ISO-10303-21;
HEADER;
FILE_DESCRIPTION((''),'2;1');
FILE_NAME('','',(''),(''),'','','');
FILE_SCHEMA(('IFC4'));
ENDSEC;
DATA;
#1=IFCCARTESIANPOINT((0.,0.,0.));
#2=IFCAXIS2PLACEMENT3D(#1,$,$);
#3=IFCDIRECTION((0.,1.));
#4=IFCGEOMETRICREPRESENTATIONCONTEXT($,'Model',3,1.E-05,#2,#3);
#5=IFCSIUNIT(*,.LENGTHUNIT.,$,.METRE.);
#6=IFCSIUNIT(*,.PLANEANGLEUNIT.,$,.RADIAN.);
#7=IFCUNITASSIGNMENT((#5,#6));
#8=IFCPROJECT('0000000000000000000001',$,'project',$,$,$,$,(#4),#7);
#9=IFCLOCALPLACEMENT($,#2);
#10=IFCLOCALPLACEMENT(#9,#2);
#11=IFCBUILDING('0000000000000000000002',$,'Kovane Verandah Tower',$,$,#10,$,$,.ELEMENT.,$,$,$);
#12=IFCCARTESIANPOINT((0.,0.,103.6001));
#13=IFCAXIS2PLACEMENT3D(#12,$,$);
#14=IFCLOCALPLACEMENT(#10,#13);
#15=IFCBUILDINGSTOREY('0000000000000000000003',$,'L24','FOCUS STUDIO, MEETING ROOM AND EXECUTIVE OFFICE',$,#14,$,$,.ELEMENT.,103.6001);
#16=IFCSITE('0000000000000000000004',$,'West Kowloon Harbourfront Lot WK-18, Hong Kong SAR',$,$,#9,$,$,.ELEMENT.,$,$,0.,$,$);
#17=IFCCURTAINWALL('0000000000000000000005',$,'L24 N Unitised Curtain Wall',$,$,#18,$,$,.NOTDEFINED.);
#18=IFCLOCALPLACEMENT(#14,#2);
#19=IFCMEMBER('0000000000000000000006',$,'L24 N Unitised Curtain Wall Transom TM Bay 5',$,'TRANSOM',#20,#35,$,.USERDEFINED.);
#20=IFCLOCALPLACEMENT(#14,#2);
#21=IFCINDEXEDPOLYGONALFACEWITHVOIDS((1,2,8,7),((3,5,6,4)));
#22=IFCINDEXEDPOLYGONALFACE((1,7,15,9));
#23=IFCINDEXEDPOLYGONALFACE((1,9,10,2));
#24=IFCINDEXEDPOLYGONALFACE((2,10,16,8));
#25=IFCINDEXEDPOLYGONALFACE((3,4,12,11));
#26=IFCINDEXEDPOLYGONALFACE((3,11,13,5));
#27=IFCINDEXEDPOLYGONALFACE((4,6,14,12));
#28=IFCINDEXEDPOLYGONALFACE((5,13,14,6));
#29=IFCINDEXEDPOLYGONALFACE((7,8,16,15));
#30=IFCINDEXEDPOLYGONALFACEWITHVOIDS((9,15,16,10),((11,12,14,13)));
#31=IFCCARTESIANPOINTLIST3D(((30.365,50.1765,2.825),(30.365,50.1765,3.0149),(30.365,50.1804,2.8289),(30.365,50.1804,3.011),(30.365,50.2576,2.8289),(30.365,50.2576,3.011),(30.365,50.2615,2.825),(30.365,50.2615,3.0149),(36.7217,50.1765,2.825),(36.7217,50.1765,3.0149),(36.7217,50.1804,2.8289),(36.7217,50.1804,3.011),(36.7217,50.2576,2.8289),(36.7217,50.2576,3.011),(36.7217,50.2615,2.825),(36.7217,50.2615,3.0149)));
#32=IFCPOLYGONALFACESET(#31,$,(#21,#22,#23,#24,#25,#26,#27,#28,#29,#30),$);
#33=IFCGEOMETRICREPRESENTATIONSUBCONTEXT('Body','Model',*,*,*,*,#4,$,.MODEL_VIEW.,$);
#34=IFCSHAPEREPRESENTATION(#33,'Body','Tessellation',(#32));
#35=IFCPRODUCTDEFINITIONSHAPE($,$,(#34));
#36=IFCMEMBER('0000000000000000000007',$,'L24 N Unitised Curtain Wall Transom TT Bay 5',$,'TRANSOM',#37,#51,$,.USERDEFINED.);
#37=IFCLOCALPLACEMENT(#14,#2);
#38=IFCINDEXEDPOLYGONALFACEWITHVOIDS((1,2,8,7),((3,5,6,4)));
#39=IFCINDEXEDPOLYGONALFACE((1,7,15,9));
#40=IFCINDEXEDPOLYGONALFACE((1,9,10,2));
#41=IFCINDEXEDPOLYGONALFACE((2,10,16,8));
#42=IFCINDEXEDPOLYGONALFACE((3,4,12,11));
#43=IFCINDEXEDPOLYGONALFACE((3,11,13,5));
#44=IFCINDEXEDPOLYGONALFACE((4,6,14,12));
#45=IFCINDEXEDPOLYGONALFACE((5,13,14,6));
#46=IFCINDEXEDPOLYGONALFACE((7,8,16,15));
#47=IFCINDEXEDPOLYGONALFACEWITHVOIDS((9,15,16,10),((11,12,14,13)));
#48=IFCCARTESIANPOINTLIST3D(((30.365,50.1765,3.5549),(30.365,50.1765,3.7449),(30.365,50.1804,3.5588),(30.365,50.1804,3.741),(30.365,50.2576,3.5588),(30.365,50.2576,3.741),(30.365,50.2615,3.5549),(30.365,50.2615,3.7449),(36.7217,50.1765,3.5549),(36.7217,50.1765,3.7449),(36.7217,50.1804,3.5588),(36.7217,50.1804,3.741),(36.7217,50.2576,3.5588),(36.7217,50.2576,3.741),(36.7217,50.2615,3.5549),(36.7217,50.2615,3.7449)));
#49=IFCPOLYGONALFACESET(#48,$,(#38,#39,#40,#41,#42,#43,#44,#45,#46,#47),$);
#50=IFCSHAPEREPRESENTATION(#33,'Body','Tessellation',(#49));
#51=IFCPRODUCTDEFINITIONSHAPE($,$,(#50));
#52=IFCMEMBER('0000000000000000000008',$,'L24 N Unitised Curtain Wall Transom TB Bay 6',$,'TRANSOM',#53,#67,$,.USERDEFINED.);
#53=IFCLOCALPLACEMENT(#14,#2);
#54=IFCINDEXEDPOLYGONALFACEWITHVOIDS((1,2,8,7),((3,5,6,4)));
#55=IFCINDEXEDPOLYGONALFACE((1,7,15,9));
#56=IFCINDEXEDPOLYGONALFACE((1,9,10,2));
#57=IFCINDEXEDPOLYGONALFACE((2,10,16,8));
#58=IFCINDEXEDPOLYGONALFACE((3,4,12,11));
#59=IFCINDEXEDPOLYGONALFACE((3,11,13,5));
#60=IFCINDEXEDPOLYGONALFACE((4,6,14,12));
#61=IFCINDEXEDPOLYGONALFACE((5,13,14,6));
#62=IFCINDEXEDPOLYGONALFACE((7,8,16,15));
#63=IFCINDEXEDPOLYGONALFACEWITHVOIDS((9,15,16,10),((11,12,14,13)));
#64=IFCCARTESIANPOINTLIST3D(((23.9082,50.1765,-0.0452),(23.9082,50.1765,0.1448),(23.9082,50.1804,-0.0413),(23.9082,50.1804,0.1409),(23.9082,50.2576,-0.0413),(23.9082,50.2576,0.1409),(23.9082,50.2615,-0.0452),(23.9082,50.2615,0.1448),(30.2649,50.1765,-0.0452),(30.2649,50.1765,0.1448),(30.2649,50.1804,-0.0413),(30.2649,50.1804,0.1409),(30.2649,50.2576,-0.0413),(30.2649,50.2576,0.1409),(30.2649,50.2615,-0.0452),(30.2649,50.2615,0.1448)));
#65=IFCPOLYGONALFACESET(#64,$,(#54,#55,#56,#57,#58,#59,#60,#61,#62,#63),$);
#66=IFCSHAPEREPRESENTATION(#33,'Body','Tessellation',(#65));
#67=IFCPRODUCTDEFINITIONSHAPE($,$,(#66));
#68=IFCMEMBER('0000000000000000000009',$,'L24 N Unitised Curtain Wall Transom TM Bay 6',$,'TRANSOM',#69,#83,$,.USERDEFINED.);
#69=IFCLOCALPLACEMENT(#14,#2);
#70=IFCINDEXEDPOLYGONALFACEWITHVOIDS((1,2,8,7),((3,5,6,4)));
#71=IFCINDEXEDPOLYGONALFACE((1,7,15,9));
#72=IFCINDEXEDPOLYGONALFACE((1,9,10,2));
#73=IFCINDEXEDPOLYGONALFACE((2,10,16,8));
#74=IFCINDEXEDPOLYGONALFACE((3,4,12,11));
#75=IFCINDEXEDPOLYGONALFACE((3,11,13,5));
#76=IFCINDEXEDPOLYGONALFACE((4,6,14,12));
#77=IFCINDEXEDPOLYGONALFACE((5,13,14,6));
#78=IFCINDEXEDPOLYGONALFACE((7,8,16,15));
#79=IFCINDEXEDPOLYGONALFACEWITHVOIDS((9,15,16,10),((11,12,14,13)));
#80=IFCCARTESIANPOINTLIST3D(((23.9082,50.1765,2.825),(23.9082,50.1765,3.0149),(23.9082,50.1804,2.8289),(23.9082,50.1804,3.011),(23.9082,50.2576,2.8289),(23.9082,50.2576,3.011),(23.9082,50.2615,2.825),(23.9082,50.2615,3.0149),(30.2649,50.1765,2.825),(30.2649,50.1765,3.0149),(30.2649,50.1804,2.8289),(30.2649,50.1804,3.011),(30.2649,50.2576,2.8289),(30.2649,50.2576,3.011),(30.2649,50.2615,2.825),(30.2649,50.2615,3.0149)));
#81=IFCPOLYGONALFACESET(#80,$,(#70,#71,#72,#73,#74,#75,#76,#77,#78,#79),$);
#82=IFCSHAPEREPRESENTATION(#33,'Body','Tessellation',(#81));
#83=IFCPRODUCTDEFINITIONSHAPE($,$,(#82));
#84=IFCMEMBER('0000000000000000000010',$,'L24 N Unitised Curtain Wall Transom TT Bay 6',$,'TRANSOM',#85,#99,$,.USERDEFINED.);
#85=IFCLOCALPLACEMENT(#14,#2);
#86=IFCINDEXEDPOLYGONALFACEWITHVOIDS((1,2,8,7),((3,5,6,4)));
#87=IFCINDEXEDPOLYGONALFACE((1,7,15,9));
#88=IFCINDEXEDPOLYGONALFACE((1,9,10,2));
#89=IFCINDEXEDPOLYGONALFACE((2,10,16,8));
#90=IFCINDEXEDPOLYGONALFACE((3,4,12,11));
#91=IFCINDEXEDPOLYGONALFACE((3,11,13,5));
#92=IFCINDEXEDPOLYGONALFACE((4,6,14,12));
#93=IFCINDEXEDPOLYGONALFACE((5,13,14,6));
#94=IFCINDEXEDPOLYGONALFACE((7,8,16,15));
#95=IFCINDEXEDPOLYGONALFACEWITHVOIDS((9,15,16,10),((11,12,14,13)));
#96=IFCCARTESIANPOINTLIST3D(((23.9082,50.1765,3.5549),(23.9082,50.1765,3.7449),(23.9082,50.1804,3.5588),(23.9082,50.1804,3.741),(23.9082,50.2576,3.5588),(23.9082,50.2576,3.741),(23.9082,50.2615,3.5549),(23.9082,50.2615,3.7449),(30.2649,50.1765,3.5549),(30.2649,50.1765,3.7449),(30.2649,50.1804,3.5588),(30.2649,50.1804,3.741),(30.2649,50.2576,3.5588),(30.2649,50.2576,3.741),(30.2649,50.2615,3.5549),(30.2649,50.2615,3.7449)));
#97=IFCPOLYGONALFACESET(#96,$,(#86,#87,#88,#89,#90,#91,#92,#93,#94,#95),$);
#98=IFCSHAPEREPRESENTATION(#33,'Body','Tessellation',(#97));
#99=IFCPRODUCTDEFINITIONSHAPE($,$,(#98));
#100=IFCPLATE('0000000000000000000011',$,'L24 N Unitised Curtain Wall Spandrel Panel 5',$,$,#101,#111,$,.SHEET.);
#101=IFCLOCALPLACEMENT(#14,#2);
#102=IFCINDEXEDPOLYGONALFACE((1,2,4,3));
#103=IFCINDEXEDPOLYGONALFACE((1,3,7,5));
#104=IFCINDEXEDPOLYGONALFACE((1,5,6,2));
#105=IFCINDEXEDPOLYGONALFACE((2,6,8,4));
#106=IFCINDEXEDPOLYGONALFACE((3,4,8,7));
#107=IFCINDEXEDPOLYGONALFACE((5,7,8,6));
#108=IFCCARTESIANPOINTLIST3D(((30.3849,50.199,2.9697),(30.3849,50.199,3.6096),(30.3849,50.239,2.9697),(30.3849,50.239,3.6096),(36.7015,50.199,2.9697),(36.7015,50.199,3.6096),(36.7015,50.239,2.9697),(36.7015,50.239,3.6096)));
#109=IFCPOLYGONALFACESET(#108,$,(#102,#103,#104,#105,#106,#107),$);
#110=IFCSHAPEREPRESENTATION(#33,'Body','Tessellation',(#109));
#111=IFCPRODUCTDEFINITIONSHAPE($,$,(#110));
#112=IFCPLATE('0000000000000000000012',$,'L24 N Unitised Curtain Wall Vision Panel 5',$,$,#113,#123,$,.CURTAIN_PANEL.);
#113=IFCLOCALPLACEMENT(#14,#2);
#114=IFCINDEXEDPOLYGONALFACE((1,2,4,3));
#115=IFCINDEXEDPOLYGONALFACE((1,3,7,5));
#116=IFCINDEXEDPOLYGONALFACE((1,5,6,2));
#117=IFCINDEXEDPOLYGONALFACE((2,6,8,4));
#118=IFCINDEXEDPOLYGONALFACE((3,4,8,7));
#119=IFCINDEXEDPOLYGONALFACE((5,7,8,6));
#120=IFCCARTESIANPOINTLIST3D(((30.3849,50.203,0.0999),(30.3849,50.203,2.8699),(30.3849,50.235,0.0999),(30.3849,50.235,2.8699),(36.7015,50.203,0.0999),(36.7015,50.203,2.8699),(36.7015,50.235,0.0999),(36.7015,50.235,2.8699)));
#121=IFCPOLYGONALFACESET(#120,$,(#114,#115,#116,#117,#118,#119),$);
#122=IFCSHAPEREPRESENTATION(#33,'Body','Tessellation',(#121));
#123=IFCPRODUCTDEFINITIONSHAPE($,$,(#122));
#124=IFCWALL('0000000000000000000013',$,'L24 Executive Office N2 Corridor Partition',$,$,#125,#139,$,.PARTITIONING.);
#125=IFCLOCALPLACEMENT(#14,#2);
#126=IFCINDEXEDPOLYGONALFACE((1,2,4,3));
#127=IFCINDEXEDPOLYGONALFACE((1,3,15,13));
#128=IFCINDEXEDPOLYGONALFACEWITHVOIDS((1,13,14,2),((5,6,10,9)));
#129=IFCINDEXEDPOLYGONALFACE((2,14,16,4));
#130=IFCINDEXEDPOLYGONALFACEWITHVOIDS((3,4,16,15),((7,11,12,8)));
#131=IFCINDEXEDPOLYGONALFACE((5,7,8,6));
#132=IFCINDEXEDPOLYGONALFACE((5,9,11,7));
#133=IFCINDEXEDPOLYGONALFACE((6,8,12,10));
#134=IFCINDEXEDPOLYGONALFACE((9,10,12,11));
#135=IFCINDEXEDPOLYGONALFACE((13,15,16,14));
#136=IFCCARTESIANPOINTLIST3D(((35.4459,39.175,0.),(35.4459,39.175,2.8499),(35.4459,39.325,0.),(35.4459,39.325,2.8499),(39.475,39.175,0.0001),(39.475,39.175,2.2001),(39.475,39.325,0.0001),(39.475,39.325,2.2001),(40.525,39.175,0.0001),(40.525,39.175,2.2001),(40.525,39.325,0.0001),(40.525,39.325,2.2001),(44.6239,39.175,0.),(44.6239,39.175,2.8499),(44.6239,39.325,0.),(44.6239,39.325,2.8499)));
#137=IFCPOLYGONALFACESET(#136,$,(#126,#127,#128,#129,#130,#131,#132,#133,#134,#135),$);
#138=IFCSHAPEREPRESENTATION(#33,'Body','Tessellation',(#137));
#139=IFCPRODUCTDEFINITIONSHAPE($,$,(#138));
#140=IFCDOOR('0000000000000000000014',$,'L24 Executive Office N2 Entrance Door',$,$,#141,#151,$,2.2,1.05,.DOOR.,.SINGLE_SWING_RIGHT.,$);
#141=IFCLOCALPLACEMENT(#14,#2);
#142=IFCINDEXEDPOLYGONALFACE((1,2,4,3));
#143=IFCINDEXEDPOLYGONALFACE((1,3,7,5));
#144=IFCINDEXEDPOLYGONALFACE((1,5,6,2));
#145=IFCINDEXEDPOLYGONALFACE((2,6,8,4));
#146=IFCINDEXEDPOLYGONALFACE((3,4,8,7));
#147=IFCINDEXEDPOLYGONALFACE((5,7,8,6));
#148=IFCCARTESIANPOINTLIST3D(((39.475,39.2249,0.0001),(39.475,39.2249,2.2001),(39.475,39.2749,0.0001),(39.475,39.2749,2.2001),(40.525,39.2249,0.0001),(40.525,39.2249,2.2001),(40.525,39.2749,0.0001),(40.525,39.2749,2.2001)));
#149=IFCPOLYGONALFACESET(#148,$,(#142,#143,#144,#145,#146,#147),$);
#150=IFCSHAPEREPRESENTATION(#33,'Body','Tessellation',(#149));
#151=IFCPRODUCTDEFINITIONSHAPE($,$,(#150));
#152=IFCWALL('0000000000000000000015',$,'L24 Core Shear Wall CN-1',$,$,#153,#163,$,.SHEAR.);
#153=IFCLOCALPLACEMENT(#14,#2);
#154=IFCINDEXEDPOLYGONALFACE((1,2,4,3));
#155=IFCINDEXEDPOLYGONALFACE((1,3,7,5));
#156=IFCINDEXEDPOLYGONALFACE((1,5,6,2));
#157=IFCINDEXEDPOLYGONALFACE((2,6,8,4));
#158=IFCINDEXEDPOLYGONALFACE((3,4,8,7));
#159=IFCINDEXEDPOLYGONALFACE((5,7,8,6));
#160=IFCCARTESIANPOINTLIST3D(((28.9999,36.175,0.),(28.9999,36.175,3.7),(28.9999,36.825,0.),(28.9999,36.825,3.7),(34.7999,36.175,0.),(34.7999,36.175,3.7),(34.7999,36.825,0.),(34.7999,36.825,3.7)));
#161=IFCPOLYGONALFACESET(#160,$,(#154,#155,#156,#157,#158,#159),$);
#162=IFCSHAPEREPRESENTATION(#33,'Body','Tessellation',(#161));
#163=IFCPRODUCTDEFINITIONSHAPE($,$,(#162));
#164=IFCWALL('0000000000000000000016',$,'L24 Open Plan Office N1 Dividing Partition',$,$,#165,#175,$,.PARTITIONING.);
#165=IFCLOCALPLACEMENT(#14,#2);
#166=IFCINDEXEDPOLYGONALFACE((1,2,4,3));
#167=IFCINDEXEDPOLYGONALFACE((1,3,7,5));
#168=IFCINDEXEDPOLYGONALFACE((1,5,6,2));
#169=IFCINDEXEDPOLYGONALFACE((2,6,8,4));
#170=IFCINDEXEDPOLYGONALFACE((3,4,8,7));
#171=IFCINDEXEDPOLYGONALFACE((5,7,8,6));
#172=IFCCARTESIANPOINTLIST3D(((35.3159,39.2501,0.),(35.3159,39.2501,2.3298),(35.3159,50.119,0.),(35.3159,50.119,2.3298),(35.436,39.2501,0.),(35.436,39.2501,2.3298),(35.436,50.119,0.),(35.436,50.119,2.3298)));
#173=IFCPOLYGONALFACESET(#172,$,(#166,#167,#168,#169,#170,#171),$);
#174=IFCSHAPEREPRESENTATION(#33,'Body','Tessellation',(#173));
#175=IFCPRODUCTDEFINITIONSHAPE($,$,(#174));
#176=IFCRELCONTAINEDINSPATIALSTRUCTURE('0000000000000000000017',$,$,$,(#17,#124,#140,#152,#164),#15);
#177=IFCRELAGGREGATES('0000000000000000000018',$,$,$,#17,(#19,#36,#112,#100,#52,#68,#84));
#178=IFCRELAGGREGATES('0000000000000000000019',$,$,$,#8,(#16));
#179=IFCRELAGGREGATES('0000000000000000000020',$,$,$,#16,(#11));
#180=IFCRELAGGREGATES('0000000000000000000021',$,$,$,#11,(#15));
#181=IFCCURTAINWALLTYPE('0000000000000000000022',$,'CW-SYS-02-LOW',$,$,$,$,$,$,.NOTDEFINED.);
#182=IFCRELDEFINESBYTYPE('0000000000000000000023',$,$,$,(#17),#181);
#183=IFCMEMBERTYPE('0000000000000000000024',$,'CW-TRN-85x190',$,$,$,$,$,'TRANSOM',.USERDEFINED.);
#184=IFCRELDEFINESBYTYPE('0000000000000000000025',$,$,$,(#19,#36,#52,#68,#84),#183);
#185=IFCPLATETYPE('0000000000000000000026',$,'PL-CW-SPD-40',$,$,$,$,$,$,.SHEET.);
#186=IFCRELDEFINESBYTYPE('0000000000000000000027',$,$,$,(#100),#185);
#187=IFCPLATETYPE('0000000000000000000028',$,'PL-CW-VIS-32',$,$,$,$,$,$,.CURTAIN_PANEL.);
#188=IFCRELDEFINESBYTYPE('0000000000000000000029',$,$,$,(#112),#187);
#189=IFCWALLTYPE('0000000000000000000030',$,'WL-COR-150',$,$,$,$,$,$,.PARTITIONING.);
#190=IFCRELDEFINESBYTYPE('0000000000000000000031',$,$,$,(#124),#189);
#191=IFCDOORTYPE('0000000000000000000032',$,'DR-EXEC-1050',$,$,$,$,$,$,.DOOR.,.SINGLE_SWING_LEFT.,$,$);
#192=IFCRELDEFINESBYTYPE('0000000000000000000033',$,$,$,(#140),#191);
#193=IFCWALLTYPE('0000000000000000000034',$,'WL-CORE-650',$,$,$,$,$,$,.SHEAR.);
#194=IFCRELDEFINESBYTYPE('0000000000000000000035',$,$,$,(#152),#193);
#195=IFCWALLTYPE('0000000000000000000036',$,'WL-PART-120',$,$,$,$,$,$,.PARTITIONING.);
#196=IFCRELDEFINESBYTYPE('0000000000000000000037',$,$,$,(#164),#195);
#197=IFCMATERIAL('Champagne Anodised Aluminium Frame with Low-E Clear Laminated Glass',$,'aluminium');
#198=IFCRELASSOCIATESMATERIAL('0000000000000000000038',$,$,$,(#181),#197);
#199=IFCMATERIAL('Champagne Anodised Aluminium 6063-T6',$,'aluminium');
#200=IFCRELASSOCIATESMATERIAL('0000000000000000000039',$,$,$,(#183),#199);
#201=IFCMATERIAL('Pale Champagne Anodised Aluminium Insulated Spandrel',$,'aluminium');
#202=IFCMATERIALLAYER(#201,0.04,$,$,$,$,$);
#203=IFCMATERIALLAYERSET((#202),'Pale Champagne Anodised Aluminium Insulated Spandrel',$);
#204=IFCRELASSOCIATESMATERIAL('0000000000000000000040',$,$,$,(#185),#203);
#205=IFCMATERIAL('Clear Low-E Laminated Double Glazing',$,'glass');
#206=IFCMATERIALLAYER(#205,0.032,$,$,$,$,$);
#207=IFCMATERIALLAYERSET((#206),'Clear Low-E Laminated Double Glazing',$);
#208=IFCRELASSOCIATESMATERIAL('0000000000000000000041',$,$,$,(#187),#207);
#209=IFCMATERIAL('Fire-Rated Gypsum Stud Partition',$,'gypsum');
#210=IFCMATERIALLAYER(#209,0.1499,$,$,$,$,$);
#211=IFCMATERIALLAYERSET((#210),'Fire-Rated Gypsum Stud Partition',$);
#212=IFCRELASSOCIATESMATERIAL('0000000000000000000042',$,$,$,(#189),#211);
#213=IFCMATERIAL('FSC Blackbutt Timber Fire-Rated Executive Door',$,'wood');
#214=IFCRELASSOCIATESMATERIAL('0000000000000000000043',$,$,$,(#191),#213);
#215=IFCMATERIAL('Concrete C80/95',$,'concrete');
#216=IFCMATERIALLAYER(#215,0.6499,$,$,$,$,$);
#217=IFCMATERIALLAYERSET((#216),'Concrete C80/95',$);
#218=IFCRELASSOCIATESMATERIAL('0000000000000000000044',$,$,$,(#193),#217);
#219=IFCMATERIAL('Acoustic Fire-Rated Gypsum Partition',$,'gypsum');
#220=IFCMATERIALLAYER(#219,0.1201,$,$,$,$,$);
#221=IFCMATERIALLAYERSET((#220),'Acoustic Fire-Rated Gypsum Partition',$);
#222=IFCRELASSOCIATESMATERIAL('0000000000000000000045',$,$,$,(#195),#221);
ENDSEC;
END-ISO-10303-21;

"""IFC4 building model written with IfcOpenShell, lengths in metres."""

from ifc_helpers import new_model, si_unit, direction, frame, frame_2d, origin, origin_2d, place, context, subcontext, project, spatial, rectangle, hollow_rectangle, extrude, material, layer, layer_set, material_profile, profile_set, type_object, element, fill, aggregate, save


model = new_model("IFC4")

# Units and contexts
model_context = context("Model", 3, precision=1e-05, world=origin(), true_north=direction((0.0, 1.0)))
body_context = subcontext(model_context, "Body", "Model", "MODEL_VIEW")
ifc_project = project(units=[si_unit("LENGTHUNIT", "METRE"), si_unit("PLANEANGLEUNIT", "RADIAN")], contexts=[model_context])

# Site, building, storey
site_placement = place(None, origin())
site = spatial("IfcSite", under=ifc_project, at=site_placement, Name="West Kowloon Harbourfront Lot WK-18, Hong Kong SAR", CompositionType="ELEMENT", RefElevation=0.0)
building_placement = place(site_placement, origin())
building = spatial("IfcBuilding", under=site, at=building_placement, Name="Kovane Verandah Tower", CompositionType="ELEMENT")
storey_placement = place(building_placement, frame((0.0, 0.0, 103.6001)))
storey = spatial("IfcBuildingStorey", under=building, at=storey_placement, Name="L24", Description="FOCUS STUDIO, MEETING ROOM AND EXECUTIVE OFFICE", CompositionType="ELEMENT", Elevation=103.6001)

# Shared definitions
ifc_material_1 = material(Name="Concrete C80/95", Category="concrete")

# Curtain wall, members, plates
ifc_material_2 = material(Name="Champagne Anodised Aluminium Frame with Low-E Clear Laminated Glass", Category="aluminium")
curtain_wall_type = type_object("IfcCurtainWallType", Name="CW-SYS-02-LOW", PredefinedType="NOTDEFINED", material=ifc_material_2)
curtain_wall_placement = place(storey_placement, origin())
curtain_wall = element("IfcCurtainWall", 1, at=curtain_wall_placement, inside=storey, type_object=curtain_wall_type, Name="L24 N Unitised Curtain Wall", PredefinedType="NOTDEFINED")
ifc_material_3 = material(Name="Champagne Anodised Aluminium 6063-T6", Category="aluminium")
ifc_material_profile_1 = material_profile(ifc_material_3, hollow_rectangle(XDim=0.085, YDim=0.1899, WallThickness=0.0039, at=origin_2d()), Name="AL85x190x4")
ifc_profile_set_1 = profile_set([ifc_material_profile_1], Name="Champagne Anodised Aluminium 6063-T6")
member_type_1 = type_object("IfcMemberType", Name="CW-TRN-85x190", ElementType="TRANSOM", PredefinedType="USERDEFINED", material=ifc_profile_set_1)
member_1_placement = place(storey_placement, frame((36.7217, 50.219, 2.9199), z_axis=(-1.0, 0.0, 0.0), x_axis=(0.0, -1.0, 0.0)))
member_1 = element("IfcMember", 2, at=member_1_placement, type_object=member_type_1, Name="L24 N Unitised Curtain Wall Transom TM Bay 5", ObjectType="TRANSOM", PredefinedType="USERDEFINED", context=body_context, shape_type="SweptSolid", body=[
    extrude(hollow_rectangle(XDim=0.085, YDim=0.1899, WallThickness=0.0039, at=origin_2d()), origin(), (0.0, 0.0, 1.0), 6.3567),
])
member_2_placement = place(storey_placement, frame((36.7217, 50.219, 3.6499), z_axis=(-1.0, 0.0, 0.0), x_axis=(0.0, -1.0, 0.0)))
member_2 = element("IfcMember", 3, at=member_2_placement, type_object=member_type_1, Name="L24 N Unitised Curtain Wall Transom TT Bay 5", ObjectType="TRANSOM", PredefinedType="USERDEFINED", context=body_context, shape_type="SweptSolid", body=[
    extrude(hollow_rectangle(XDim=0.085, YDim=0.1899, WallThickness=0.0039, at=origin_2d()), origin(), (0.0, 0.0, 1.0), 6.3567),
])
member_3_placement = place(storey_placement, frame((30.2649, 50.219, 0.0498), z_axis=(-1.0, 0.0, 0.0), x_axis=(0.0, -1.0, 0.0)))
member_3 = element("IfcMember", 4, at=member_3_placement, type_object=member_type_1, Name="L24 N Unitised Curtain Wall Transom TB Bay 6", ObjectType="TRANSOM", PredefinedType="USERDEFINED", context=body_context, shape_type="SweptSolid", body=[
    extrude(hollow_rectangle(XDim=0.085, YDim=0.1899, WallThickness=0.0039, at=origin_2d()), origin(), (0.0, 0.0, 1.0), 6.3567),
])
member_4_placement = place(storey_placement, frame((30.2649, 50.219, 2.9199), z_axis=(-1.0, 0.0, 0.0), x_axis=(0.0, -1.0, 0.0)))
member_4 = element("IfcMember", 5, at=member_4_placement, type_object=member_type_1, Name="L24 N Unitised Curtain Wall Transom TM Bay 6", ObjectType="TRANSOM", PredefinedType="USERDEFINED", context=body_context, shape_type="SweptSolid", body=[
    extrude(hollow_rectangle(XDim=0.085, YDim=0.1899, WallThickness=0.0039, at=origin_2d()), origin(), (0.0, 0.0, 1.0), 6.3567),
])
member_5_placement = place(storey_placement, frame((30.2649, 50.219, 3.6499), z_axis=(-1.0, 0.0, 0.0), x_axis=(0.0, -1.0, 0.0)))
member_5 = element("IfcMember", 6, at=member_5_placement, type_object=member_type_1, Name="L24 N Unitised Curtain Wall Transom TT Bay 6", ObjectType="TRANSOM", PredefinedType="USERDEFINED", context=body_context, shape_type="SweptSolid", body=[
    extrude(hollow_rectangle(XDim=0.085, YDim=0.1899, WallThickness=0.0039, at=origin_2d()), origin(), (0.0, 0.0, 1.0), 6.3567),
])
ifc_material_4 = material(Name="Pale Champagne Anodised Aluminium Insulated Spandrel", Category="aluminium")
ifc_layer_1 = layer(ifc_material_4, 0.04)
ifc_layer_set_1 = layer_set([ifc_layer_1], Name="Pale Champagne Anodised Aluminium Insulated Spandrel")
plate_type_1 = type_object("IfcPlateType", Name="PL-CW-SPD-40", PredefinedType="SHEET", material=ifc_layer_set_1)
plate_1_placement = place(storey_placement, frame((33.5432, 50.219, 2.9697), z_axis=(0.0, 0.0, 1.0), x_axis=(-1.0, 0.0, 0.0)))
plate_1 = element("IfcPlate", 7, at=plate_1_placement, type_object=plate_type_1, Name="L24 N Unitised Curtain Wall Spandrel Panel 5", PredefinedType="SHEET", context=body_context, shape_type="SweptSolid", body=[
    extrude(rectangle(XDim=6.3167, YDim=0.04, at=origin_2d()), origin(), (0.0, 0.0, 1.0), 0.6399),
])
ifc_material_5 = material(Name="Clear Low-E Laminated Double Glazing", Category="glass")
ifc_layer_2 = layer(ifc_material_5, 0.032)
ifc_layer_set_2 = layer_set([ifc_layer_2], Name="Clear Low-E Laminated Double Glazing")
plate_type_2 = type_object("IfcPlateType", Name="PL-CW-VIS-32", PredefinedType="CURTAIN_PANEL", material=ifc_layer_set_2)
plate_2_placement = place(storey_placement, frame((33.5432, 50.219, 0.0999), z_axis=(0.0, 0.0, 1.0), x_axis=(-1.0, 0.0, 0.0)))
plate_2 = element("IfcPlate", 8, at=plate_2_placement, type_object=plate_type_2, Name="L24 N Unitised Curtain Wall Vision Panel 5", PredefinedType="CURTAIN_PANEL", context=body_context, shape_type="SweptSolid", body=[
    extrude(rectangle(XDim=6.3167, YDim=0.032, at=origin_2d()), origin(), (0.0, 0.0, 1.0), 2.77),
])
aggregate(curtain_wall, [member_1, member_2, plate_2, plate_1, member_3, member_4, member_5])

# Wall, opening, door
ifc_material_6 = material(Name="Fire-Rated Gypsum Stud Partition", Category="gypsum")
ifc_layer_3 = layer(ifc_material_6, 0.1499)
ifc_layer_set_3 = layer_set([ifc_layer_3], Name="Fire-Rated Gypsum Stud Partition")
wall_type_1 = type_object("IfcWallType", Name="WL-COR-150", PredefinedType="PARTITIONING", material=ifc_layer_set_3)
wall_1_placement = place(storey_placement, frame((35.446, 39.25, 0.0), z_axis=(0.0, 0.0, 1.0), x_axis=(1.0, 0.0, 0.0)))
wall_1 = element("IfcWall", 9, at=wall_1_placement, inside=storey, type_object=wall_type_1, Name="L24 Executive Office N2 Corridor Partition", PredefinedType="PARTITIONING", context=body_context, shape_type="SweptSolid", body=[
    extrude(rectangle(XDim=9.178, YDim=0.1499, at=frame_2d((4.5889, 0.0))), origin(), (0.0, 0.0, 1.0), 2.8499),
])
opening_placement = place(wall_1_placement, frame((4.0291, 0.0, 0.0)))
opening = element("IfcOpeningElement", 10, at=opening_placement, cuts=wall_1, PredefinedType="OPENING", context=body_context, shape_type="SweptSolid", body=[
    extrude(rectangle(XDim=1.05, YDim=2.2, at=frame_2d((0.5249, 1.1001))), frame((0.0, 0.075, 0.0), z_axis=(0.0, -1.0, 0.0), x_axis=(1.0, 0.0, 0.0)), (0.0, 0.0, 1.0), 0.1499),
])
ifc_material_7 = material(Name="FSC Blackbutt Timber Fire-Rated Executive Door", Category="wood")
door_type = type_object("IfcDoorType", Name="DR-EXEC-1050", OperationType="SINGLE_SWING_LEFT", PredefinedType="DOOR", material=ifc_material_7)
door_placement = place(opening_placement, origin())
door = element("IfcDoor", 11, at=door_placement, inside=storey, type_object=door_type, Name="L24 Executive Office N2 Entrance Door", OperationType="SINGLE_SWING_RIGHT", OverallHeight=2.2, OverallWidth=1.05, PredefinedType="DOOR", context=body_context, shape_type="SweptSolid", body=[
    extrude(rectangle(XDim=1.05, YDim=2.2, at=frame_2d((0.5249, 1.1001))), frame((0.0, 0.0249, 0.0), z_axis=(0.0, -1.0, 0.0), x_axis=(1.0, 0.0, 0.0)), (0.0, 0.0, 1.0), 0.05),
])
fill(opening, door)

# Walls
ifc_layer_4 = layer(ifc_material_1, 0.6499)
ifc_layer_set_4 = layer_set([ifc_layer_4], Name="Concrete C80/95")
wall_type_2 = type_object("IfcWallType", Name="WL-CORE-650", PredefinedType="SHEAR", material=ifc_layer_set_4)
wall_2_placement = place(storey_placement, frame((29.0, 36.5, 0.0), z_axis=(0.0, 0.0, 1.0), x_axis=(1.0, 0.0, 0.0)))
element("IfcWall", 12, at=wall_2_placement, inside=storey, type_object=wall_type_2, Name="L24 Core Shear Wall CN-1", PredefinedType="SHEAR", context=body_context, shape_type="SweptSolid", body=[
    extrude(rectangle(XDim=5.8, YDim=0.6499, at=frame_2d((2.8999, 0.0))), origin(), (0.0, 0.0, 1.0), 3.7),
])
ifc_material_8 = material(Name="Acoustic Fire-Rated Gypsum Partition", Category="gypsum")
ifc_layer_5 = layer(ifc_material_8, 0.1201)
ifc_layer_set_5 = layer_set([ifc_layer_5], Name="Acoustic Fire-Rated Gypsum Partition")
wall_type_3 = type_object("IfcWallType", Name="WL-PART-120", PredefinedType="PARTITIONING", material=ifc_layer_set_5)
wall_3_placement = place(storey_placement, frame((35.376, 39.25, 0.0), z_axis=(0.0, 0.0, 1.0), x_axis=(0.0, 1.0, 0.0)))
element("IfcWall", 13, at=wall_3_placement, inside=storey, type_object=wall_type_3, Name="L24 Open Plan Office N1 Dividing Partition", PredefinedType="PARTITIONING", context=body_context, shape_type="SweptSolid", body=[
    extrude(rectangle(XDim=10.8689, YDim=0.1201, at=frame_2d((5.4346, 0.0))), origin(), (0.0, 0.0, 1.0), 2.3298),
])

save(model, "model.ifc")
